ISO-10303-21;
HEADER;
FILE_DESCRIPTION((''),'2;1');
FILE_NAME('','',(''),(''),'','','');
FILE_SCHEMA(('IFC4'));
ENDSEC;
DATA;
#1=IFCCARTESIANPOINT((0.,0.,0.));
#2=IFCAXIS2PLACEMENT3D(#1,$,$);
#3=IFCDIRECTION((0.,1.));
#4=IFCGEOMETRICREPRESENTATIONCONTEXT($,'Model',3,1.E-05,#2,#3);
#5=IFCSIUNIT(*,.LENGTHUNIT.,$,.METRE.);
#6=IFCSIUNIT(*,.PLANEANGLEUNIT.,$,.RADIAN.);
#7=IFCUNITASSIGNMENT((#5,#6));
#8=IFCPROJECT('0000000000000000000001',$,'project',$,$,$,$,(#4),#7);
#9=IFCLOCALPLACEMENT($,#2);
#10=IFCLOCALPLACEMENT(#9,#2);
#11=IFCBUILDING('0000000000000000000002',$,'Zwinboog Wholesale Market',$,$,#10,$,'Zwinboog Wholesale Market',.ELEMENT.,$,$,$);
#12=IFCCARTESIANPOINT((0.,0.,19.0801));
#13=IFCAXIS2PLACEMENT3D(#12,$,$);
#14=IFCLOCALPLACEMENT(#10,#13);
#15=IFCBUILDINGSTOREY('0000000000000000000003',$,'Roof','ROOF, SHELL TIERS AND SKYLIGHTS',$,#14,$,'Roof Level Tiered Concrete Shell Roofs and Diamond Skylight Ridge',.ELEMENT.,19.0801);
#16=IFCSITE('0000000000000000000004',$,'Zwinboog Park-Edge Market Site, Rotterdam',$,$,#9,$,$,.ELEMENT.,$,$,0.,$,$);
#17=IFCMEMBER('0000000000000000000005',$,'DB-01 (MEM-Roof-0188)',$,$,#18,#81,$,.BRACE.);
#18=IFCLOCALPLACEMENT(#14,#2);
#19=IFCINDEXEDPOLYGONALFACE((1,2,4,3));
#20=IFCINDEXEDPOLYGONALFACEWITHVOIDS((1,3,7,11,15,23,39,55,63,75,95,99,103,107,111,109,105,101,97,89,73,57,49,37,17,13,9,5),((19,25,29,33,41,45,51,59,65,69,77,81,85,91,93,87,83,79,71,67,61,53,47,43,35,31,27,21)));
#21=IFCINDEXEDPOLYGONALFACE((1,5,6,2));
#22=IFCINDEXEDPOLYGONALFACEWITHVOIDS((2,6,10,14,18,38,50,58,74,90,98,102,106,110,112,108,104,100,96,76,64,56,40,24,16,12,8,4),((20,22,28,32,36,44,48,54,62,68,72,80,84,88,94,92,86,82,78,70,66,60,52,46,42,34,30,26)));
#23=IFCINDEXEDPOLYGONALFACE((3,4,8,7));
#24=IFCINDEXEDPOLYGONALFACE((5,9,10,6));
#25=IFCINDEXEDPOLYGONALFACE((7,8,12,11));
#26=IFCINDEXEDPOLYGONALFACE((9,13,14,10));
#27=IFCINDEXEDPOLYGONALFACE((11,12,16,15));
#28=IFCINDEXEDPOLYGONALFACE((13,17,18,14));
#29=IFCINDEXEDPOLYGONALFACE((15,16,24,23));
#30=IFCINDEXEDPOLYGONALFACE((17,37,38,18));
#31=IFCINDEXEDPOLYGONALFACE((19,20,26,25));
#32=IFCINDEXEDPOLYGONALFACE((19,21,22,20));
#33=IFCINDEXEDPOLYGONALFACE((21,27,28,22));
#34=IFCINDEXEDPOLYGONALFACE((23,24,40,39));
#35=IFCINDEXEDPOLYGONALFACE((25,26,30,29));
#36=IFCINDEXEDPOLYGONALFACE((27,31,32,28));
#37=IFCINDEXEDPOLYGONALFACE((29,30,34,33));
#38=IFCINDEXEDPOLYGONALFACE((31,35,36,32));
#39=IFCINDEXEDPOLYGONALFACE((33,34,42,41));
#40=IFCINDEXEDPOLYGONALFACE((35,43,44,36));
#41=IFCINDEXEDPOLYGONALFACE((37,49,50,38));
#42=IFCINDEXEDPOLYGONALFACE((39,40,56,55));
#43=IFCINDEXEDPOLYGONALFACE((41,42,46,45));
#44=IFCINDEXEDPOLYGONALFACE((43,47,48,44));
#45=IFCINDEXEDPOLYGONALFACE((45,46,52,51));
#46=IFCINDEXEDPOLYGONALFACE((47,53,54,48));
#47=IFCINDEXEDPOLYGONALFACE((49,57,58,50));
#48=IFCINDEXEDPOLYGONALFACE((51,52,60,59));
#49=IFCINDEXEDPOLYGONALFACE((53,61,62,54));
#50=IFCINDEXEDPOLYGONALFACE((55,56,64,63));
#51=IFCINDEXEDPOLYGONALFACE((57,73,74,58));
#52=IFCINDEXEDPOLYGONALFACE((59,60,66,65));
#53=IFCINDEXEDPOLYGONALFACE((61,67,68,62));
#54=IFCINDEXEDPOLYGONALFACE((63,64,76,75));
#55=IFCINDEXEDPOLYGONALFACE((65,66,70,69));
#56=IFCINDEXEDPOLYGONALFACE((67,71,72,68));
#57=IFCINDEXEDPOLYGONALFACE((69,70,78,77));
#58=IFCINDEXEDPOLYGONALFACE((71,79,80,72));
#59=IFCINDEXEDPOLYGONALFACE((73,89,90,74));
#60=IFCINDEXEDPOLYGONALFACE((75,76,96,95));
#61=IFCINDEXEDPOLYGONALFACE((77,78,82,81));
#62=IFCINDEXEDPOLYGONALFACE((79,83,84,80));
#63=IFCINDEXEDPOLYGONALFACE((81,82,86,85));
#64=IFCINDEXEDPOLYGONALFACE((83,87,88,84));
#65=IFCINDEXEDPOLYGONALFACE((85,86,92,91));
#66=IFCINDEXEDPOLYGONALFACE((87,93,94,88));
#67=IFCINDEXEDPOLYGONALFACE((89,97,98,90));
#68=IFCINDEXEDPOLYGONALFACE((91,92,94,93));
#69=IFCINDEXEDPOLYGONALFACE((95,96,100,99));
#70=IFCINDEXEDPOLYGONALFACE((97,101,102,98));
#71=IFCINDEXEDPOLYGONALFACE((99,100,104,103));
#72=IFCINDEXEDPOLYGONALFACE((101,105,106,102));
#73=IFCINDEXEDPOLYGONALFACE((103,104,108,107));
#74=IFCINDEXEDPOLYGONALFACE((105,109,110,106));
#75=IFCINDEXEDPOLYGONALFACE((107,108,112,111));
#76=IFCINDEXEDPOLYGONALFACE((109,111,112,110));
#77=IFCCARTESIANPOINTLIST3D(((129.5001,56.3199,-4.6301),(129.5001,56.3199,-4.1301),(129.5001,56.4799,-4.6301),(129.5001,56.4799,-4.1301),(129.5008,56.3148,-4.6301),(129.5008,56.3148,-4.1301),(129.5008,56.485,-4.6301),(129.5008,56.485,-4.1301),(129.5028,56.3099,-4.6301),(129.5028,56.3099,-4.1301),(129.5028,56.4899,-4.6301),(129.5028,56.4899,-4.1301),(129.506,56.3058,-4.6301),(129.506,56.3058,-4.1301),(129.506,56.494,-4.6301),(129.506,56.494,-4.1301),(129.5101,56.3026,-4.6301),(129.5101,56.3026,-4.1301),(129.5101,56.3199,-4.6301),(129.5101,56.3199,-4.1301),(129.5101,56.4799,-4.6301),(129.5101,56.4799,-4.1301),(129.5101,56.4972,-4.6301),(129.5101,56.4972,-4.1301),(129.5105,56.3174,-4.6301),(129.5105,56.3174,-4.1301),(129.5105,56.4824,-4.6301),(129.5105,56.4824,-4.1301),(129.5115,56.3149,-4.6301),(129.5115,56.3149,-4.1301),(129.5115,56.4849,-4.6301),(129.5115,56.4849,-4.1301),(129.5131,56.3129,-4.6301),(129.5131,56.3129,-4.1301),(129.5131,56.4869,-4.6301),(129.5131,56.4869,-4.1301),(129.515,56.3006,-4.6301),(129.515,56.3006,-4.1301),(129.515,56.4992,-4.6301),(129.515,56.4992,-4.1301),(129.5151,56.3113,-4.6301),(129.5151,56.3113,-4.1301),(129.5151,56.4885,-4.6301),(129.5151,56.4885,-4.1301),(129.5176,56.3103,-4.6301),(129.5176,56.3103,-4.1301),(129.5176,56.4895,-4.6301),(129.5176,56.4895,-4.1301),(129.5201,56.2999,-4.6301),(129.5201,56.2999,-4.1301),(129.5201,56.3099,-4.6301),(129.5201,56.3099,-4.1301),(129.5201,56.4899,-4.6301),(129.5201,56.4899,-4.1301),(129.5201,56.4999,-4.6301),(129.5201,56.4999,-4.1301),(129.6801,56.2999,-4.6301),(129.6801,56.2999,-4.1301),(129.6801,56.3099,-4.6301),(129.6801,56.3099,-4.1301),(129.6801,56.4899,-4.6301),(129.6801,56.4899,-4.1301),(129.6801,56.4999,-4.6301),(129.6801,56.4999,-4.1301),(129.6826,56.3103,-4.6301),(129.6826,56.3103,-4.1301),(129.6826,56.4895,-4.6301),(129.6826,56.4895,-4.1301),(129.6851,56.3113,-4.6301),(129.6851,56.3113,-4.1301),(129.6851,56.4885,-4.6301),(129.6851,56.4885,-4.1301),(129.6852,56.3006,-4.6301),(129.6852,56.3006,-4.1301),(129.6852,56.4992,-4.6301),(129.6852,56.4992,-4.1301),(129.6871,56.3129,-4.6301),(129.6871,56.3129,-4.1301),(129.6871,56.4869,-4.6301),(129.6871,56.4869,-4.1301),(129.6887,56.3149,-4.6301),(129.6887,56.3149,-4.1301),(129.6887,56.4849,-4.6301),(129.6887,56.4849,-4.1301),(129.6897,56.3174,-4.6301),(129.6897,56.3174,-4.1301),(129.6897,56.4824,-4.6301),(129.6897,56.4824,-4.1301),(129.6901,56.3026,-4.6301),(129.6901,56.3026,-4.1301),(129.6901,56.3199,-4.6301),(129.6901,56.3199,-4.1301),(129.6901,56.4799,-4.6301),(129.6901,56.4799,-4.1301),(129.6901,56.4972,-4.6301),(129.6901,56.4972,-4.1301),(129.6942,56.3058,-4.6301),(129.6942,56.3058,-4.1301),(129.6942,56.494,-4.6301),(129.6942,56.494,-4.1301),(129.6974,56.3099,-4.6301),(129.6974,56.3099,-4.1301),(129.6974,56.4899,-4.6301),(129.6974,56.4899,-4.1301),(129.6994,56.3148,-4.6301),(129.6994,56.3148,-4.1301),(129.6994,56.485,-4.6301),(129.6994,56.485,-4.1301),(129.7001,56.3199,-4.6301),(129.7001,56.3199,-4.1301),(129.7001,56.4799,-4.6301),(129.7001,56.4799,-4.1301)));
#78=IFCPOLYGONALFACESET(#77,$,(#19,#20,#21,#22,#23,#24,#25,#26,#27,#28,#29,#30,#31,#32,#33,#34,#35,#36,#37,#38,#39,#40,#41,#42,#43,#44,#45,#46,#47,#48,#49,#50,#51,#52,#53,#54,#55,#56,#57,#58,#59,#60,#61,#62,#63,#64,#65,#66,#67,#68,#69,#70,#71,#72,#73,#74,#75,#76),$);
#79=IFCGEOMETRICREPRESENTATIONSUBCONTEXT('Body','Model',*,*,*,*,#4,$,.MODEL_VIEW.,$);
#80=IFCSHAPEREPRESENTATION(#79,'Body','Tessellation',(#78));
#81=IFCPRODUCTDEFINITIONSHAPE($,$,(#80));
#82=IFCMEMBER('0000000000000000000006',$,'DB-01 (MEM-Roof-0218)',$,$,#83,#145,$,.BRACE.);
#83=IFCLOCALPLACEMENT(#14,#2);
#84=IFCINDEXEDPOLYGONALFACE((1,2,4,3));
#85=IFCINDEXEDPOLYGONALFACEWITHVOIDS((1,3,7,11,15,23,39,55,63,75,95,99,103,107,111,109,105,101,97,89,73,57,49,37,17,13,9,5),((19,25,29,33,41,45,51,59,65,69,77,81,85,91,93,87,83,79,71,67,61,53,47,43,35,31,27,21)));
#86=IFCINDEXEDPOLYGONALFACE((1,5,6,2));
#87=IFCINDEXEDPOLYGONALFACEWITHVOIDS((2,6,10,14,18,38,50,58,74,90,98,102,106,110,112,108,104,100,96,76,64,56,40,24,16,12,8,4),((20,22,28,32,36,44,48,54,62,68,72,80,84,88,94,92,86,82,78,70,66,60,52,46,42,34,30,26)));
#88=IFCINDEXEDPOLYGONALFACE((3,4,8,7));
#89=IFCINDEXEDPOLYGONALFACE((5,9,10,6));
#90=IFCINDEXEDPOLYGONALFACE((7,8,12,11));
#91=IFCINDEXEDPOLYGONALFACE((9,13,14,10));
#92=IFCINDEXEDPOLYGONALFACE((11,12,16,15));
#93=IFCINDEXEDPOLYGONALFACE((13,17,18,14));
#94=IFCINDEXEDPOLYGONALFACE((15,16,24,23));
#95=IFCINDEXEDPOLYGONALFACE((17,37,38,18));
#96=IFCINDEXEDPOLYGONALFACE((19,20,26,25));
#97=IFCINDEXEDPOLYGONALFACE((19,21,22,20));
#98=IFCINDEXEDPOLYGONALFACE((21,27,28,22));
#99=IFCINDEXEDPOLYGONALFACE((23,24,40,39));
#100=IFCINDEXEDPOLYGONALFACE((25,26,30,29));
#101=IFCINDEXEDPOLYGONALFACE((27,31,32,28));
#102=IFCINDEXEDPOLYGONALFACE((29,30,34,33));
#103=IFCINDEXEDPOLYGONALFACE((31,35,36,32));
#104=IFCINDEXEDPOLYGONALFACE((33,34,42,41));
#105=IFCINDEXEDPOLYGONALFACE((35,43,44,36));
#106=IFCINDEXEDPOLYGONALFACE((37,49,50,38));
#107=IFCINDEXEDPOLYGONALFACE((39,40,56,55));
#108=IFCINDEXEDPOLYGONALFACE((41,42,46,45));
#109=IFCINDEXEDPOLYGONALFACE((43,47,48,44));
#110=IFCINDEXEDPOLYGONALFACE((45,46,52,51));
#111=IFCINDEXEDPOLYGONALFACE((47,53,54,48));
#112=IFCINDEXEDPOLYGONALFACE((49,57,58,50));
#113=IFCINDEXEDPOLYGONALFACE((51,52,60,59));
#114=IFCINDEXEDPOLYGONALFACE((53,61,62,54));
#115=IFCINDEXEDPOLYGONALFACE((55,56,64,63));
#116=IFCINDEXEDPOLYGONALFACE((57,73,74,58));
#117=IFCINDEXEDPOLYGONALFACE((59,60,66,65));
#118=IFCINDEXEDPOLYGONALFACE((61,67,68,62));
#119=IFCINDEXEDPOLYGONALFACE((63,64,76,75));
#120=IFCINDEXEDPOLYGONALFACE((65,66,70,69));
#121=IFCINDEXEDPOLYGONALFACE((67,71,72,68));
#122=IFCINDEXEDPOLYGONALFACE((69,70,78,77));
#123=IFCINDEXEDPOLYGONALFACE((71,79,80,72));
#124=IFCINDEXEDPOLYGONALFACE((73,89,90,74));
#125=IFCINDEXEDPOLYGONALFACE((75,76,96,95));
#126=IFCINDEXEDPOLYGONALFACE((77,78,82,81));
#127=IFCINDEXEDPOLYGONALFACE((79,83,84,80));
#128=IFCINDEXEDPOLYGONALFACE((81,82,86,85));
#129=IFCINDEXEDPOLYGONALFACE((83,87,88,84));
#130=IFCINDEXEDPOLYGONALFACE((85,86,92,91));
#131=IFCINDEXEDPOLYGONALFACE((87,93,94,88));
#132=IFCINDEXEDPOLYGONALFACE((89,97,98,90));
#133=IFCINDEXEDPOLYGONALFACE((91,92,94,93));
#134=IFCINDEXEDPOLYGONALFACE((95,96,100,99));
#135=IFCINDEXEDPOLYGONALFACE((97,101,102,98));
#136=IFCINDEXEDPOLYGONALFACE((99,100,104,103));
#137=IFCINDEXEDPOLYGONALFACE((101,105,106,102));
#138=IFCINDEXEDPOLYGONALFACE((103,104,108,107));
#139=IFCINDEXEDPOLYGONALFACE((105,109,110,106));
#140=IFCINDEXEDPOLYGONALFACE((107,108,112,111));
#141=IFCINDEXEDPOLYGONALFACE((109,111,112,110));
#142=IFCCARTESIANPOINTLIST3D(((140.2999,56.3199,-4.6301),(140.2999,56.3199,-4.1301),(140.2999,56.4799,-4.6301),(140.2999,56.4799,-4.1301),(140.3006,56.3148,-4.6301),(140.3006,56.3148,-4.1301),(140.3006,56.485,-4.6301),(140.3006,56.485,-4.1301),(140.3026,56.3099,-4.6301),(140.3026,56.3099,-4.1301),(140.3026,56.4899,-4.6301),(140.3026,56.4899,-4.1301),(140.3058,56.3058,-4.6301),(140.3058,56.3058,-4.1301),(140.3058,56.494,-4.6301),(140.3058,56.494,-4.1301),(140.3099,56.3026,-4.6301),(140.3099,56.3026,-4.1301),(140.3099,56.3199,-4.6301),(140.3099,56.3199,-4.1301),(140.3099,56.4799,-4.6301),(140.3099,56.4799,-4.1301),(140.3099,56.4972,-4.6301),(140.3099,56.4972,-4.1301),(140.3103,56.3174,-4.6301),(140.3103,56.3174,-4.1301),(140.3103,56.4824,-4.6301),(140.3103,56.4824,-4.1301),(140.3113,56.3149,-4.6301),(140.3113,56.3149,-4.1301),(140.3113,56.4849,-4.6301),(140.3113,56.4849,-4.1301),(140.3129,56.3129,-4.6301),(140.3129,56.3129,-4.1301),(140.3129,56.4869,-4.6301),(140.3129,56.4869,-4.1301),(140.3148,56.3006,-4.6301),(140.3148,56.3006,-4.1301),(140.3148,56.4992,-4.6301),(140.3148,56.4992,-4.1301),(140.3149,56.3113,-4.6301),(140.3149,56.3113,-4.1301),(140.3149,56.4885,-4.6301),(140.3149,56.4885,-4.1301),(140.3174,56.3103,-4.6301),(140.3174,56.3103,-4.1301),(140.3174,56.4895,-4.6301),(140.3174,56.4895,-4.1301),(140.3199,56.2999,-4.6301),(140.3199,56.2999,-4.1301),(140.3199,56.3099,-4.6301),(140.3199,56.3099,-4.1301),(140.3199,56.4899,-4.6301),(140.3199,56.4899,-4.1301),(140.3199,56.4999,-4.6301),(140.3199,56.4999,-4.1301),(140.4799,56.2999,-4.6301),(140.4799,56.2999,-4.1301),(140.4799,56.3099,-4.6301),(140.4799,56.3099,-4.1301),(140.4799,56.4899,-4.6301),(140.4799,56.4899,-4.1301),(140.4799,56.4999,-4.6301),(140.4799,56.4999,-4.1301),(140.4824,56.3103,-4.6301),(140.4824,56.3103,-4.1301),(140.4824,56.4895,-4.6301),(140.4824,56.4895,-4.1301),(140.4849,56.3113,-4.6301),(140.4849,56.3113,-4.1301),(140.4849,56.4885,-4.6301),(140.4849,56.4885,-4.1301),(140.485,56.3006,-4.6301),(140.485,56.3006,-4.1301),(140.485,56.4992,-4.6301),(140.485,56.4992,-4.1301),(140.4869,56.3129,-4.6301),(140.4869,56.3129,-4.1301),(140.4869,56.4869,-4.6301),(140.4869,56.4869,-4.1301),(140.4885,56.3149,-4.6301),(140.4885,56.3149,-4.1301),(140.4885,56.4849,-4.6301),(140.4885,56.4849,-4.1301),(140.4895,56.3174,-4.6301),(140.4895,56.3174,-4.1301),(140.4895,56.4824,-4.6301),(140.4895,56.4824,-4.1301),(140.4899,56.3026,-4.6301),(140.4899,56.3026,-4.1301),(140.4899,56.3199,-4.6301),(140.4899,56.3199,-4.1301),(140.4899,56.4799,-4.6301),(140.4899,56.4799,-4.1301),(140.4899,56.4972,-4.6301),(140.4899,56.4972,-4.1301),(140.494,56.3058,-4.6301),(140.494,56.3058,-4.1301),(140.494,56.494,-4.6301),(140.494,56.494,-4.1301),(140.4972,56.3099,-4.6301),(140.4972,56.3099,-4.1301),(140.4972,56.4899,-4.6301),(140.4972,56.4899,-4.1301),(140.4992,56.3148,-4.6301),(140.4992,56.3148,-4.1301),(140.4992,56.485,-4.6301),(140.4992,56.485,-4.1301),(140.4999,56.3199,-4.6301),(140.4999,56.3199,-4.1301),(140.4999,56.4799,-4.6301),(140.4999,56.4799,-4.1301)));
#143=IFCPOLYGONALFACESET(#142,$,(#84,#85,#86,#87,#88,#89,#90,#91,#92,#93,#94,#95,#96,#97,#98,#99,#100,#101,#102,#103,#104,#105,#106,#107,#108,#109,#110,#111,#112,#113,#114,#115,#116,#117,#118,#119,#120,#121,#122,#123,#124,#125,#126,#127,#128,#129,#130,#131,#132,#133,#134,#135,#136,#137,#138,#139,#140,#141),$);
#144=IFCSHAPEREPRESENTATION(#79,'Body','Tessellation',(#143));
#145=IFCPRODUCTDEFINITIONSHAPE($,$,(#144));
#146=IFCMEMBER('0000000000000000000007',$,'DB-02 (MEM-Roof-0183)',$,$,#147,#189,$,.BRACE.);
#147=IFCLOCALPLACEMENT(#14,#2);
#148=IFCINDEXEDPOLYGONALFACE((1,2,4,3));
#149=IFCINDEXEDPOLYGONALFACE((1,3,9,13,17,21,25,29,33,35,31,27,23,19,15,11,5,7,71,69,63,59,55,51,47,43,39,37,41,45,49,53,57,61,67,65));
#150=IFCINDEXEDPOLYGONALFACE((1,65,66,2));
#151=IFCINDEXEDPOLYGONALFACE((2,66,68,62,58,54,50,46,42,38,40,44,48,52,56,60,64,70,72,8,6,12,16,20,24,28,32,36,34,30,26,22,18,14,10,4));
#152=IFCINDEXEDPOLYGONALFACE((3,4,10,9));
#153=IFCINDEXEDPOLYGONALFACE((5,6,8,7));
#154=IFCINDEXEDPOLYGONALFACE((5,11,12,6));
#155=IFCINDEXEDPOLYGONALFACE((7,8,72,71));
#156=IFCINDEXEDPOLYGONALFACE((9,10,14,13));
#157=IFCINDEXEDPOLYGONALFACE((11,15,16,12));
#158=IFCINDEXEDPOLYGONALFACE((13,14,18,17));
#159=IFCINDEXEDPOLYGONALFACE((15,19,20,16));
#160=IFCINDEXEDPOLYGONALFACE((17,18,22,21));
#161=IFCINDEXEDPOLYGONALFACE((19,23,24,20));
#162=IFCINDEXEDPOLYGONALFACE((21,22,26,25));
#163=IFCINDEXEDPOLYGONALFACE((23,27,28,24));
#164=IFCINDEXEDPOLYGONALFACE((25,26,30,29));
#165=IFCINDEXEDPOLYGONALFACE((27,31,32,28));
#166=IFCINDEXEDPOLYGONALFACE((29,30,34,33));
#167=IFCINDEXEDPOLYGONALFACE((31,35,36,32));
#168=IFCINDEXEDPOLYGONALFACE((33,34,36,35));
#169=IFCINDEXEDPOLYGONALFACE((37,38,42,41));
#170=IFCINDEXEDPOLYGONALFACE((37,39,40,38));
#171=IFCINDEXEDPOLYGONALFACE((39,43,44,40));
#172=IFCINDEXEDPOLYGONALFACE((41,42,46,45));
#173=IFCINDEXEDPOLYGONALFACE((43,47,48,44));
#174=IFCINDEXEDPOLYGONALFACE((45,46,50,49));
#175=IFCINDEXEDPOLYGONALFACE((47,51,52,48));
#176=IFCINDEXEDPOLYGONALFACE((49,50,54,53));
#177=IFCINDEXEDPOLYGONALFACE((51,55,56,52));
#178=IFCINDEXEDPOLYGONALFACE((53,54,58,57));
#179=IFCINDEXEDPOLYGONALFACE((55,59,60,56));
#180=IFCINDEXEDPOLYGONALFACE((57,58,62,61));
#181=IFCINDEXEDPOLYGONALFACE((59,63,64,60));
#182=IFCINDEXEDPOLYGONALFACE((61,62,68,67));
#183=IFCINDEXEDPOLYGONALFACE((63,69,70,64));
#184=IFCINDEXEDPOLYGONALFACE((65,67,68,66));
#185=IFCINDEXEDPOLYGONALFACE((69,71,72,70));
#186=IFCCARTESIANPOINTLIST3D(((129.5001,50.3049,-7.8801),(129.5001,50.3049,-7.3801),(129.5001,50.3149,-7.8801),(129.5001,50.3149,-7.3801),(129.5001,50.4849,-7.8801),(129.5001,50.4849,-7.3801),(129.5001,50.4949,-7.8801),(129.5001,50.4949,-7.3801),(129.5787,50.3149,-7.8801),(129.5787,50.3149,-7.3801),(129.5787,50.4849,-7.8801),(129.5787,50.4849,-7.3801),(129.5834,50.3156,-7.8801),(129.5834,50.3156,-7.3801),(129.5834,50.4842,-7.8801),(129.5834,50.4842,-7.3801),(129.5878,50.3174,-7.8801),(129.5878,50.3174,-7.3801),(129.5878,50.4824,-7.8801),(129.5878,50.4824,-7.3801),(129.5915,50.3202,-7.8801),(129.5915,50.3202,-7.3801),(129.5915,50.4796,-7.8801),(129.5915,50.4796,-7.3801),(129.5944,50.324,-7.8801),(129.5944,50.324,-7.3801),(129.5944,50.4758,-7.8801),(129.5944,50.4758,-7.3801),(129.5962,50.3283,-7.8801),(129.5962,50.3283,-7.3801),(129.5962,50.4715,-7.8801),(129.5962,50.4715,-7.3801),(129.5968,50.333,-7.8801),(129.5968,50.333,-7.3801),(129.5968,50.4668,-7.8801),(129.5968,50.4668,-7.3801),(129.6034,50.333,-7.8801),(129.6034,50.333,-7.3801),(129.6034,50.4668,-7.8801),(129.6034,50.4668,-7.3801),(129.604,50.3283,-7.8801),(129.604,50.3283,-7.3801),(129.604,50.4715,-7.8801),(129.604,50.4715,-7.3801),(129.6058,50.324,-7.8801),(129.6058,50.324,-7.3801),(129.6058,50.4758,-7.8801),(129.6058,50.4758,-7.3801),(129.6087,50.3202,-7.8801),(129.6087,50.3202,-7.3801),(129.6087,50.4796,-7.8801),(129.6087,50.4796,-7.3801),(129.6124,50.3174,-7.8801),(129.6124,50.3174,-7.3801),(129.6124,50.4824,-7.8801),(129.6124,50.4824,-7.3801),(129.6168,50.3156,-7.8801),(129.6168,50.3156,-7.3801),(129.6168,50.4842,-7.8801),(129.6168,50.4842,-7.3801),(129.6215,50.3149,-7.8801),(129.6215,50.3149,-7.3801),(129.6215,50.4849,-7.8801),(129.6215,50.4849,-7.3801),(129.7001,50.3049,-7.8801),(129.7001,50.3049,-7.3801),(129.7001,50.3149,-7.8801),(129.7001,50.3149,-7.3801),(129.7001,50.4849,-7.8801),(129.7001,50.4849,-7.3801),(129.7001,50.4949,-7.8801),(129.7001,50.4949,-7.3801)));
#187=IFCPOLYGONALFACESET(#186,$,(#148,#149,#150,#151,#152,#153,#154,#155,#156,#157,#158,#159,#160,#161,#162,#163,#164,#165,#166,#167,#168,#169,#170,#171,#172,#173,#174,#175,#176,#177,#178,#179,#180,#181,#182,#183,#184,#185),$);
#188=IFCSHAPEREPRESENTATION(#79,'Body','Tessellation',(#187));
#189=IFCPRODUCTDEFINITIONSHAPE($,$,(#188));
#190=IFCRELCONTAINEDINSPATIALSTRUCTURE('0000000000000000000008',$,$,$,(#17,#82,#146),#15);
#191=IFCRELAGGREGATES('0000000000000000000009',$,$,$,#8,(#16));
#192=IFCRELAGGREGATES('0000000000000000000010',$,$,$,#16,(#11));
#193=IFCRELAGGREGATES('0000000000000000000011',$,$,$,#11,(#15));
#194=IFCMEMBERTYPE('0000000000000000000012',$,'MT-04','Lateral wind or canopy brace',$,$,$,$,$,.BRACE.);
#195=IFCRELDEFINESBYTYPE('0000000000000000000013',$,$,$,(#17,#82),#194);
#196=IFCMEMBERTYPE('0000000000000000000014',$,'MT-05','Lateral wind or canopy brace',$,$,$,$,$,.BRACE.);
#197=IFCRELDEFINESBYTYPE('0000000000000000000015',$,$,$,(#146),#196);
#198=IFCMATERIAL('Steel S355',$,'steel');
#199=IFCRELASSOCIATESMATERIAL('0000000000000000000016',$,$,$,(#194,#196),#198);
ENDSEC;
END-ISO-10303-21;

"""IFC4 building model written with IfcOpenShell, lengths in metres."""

from ifc_helpers import new_model, si_unit, direction, frame, origin, origin_2d, place, context, subcontext, project, spatial, hollow_rectangle, i_section, extrude, material, material_profile, profile_set, type_object, element, save


model = new_model("IFC4")

# Units and contexts
model_context = context("Model", 3, precision=1e-05, world=origin(), true_north=direction((0.0, 1.0)))
body_context = subcontext(model_context, "Body", "Model", "MODEL_VIEW")
ifc_project = project(units=[si_unit("LENGTHUNIT", "METRE"), si_unit("PLANEANGLEUNIT", "RADIAN")], contexts=[model_context])

# Site, building, storey
site_placement = place(None, origin())
site = spatial("IfcSite", under=ifc_project, at=site_placement, Name="Zwinboog Park-Edge Market Site, Rotterdam", CompositionType="ELEMENT", RefElevation=0.0)
building_placement = place(site_placement, origin())
building = spatial("IfcBuilding", under=site, at=building_placement, Name="Zwinboog Wholesale Market", LongName="Zwinboog Wholesale Market", CompositionType="ELEMENT")
storey_placement = place(building_placement, frame((0.0, 0.0, 19.0801)))
storey = spatial("IfcBuildingStorey", under=building, at=storey_placement, Name="Roof", Description="ROOF, SHELL TIERS AND SKYLIGHTS", LongName="Roof Level Tiered Concrete Shell Roofs and Diamond Skylight Ridge", CompositionType="ELEMENT", Elevation=19.0801)

# Members
ifc_material_1 = material(Name="Steel S355", Category="steel")
ifc_material_profile_1 = material_profile(ifc_material_1, hollow_rectangle(XDim=0.2, YDim=0.2, WallThickness=0.01, InnerFilletRadius=0.01, OuterFilletRadius=0.02, at=origin_2d()), Name="SHS 200x200x10")
ifc_profile_set_1 = profile_set([ifc_material_profile_1], Name="Steel S355")
member_type_1 = type_object("IfcMemberType", Name="MT-04", Description="Lateral wind or canopy brace", PredefinedType="BRACE", material=ifc_profile_set_1)
for number, where, z_axis, x_axis, name in (
    (1, (129.6001, 56.3999, -4.6301), (0.0, 0.0, 1.0), (1.0, 0.0, 0.0), "DB-01 (MEM-Roof-0188)"),
    (2, (140.3999, 56.3999, -4.6301), (0.0, 0.0, 1.0), (1.0, 0.0, 0.0), "DB-01 (MEM-Roof-0218)"),
):
    element("IfcMember", number, at=place(storey_placement, frame(where, z_axis=z_axis, x_axis=x_axis)), inside=storey, type_object=member_type_1, Name=name, PredefinedType="BRACE", context=body_context, shape_type="SweptSolid", body=[
        extrude(hollow_rectangle(XDim=0.2, YDim=0.2, WallThickness=0.01, InnerFilletRadius=0.01, OuterFilletRadius=0.02, at=origin_2d()), origin(), (0.0, 0.0, 1.0), 0.5),
    ])
ifc_material_profile_2 = material_profile(ifc_material_1, i_section(OverallWidth=0.2, OverallDepth=0.1899, WebThickness=0.0066, FlangeThickness=0.01, FilletRadius=0.0181, at=origin_2d()), Name="HEA 200")
ifc_profile_set_2 = profile_set([ifc_material_profile_2], Name="Steel S355")
member_type_2 = type_object("IfcMemberType", Name="MT-05", Description="Lateral wind or canopy brace", PredefinedType="BRACE", material=ifc_profile_set_2)
for number, where, z_axis, x_axis, name in (
    (3, (129.6001, 50.3999, -7.8801), (0.0, 0.0, 1.0), (1.0, 0.0, 0.0), "DB-02 (MEM-Roof-0183)"),
):
    element("IfcMember", number, at=place(storey_placement, frame(where, z_axis=z_axis, x_axis=x_axis)), inside=storey, type_object=member_type_2, Name=name, PredefinedType="BRACE", context=body_context, shape_type="SweptSolid", body=[
        extrude(i_section(OverallWidth=0.2, OverallDepth=0.1899, WebThickness=0.0066, FlangeThickness=0.01, FilletRadius=0.0181, at=origin_2d()), origin(), (0.0, 0.0, 1.0), 0.5),
    ])

save(model, "model.ifc")
